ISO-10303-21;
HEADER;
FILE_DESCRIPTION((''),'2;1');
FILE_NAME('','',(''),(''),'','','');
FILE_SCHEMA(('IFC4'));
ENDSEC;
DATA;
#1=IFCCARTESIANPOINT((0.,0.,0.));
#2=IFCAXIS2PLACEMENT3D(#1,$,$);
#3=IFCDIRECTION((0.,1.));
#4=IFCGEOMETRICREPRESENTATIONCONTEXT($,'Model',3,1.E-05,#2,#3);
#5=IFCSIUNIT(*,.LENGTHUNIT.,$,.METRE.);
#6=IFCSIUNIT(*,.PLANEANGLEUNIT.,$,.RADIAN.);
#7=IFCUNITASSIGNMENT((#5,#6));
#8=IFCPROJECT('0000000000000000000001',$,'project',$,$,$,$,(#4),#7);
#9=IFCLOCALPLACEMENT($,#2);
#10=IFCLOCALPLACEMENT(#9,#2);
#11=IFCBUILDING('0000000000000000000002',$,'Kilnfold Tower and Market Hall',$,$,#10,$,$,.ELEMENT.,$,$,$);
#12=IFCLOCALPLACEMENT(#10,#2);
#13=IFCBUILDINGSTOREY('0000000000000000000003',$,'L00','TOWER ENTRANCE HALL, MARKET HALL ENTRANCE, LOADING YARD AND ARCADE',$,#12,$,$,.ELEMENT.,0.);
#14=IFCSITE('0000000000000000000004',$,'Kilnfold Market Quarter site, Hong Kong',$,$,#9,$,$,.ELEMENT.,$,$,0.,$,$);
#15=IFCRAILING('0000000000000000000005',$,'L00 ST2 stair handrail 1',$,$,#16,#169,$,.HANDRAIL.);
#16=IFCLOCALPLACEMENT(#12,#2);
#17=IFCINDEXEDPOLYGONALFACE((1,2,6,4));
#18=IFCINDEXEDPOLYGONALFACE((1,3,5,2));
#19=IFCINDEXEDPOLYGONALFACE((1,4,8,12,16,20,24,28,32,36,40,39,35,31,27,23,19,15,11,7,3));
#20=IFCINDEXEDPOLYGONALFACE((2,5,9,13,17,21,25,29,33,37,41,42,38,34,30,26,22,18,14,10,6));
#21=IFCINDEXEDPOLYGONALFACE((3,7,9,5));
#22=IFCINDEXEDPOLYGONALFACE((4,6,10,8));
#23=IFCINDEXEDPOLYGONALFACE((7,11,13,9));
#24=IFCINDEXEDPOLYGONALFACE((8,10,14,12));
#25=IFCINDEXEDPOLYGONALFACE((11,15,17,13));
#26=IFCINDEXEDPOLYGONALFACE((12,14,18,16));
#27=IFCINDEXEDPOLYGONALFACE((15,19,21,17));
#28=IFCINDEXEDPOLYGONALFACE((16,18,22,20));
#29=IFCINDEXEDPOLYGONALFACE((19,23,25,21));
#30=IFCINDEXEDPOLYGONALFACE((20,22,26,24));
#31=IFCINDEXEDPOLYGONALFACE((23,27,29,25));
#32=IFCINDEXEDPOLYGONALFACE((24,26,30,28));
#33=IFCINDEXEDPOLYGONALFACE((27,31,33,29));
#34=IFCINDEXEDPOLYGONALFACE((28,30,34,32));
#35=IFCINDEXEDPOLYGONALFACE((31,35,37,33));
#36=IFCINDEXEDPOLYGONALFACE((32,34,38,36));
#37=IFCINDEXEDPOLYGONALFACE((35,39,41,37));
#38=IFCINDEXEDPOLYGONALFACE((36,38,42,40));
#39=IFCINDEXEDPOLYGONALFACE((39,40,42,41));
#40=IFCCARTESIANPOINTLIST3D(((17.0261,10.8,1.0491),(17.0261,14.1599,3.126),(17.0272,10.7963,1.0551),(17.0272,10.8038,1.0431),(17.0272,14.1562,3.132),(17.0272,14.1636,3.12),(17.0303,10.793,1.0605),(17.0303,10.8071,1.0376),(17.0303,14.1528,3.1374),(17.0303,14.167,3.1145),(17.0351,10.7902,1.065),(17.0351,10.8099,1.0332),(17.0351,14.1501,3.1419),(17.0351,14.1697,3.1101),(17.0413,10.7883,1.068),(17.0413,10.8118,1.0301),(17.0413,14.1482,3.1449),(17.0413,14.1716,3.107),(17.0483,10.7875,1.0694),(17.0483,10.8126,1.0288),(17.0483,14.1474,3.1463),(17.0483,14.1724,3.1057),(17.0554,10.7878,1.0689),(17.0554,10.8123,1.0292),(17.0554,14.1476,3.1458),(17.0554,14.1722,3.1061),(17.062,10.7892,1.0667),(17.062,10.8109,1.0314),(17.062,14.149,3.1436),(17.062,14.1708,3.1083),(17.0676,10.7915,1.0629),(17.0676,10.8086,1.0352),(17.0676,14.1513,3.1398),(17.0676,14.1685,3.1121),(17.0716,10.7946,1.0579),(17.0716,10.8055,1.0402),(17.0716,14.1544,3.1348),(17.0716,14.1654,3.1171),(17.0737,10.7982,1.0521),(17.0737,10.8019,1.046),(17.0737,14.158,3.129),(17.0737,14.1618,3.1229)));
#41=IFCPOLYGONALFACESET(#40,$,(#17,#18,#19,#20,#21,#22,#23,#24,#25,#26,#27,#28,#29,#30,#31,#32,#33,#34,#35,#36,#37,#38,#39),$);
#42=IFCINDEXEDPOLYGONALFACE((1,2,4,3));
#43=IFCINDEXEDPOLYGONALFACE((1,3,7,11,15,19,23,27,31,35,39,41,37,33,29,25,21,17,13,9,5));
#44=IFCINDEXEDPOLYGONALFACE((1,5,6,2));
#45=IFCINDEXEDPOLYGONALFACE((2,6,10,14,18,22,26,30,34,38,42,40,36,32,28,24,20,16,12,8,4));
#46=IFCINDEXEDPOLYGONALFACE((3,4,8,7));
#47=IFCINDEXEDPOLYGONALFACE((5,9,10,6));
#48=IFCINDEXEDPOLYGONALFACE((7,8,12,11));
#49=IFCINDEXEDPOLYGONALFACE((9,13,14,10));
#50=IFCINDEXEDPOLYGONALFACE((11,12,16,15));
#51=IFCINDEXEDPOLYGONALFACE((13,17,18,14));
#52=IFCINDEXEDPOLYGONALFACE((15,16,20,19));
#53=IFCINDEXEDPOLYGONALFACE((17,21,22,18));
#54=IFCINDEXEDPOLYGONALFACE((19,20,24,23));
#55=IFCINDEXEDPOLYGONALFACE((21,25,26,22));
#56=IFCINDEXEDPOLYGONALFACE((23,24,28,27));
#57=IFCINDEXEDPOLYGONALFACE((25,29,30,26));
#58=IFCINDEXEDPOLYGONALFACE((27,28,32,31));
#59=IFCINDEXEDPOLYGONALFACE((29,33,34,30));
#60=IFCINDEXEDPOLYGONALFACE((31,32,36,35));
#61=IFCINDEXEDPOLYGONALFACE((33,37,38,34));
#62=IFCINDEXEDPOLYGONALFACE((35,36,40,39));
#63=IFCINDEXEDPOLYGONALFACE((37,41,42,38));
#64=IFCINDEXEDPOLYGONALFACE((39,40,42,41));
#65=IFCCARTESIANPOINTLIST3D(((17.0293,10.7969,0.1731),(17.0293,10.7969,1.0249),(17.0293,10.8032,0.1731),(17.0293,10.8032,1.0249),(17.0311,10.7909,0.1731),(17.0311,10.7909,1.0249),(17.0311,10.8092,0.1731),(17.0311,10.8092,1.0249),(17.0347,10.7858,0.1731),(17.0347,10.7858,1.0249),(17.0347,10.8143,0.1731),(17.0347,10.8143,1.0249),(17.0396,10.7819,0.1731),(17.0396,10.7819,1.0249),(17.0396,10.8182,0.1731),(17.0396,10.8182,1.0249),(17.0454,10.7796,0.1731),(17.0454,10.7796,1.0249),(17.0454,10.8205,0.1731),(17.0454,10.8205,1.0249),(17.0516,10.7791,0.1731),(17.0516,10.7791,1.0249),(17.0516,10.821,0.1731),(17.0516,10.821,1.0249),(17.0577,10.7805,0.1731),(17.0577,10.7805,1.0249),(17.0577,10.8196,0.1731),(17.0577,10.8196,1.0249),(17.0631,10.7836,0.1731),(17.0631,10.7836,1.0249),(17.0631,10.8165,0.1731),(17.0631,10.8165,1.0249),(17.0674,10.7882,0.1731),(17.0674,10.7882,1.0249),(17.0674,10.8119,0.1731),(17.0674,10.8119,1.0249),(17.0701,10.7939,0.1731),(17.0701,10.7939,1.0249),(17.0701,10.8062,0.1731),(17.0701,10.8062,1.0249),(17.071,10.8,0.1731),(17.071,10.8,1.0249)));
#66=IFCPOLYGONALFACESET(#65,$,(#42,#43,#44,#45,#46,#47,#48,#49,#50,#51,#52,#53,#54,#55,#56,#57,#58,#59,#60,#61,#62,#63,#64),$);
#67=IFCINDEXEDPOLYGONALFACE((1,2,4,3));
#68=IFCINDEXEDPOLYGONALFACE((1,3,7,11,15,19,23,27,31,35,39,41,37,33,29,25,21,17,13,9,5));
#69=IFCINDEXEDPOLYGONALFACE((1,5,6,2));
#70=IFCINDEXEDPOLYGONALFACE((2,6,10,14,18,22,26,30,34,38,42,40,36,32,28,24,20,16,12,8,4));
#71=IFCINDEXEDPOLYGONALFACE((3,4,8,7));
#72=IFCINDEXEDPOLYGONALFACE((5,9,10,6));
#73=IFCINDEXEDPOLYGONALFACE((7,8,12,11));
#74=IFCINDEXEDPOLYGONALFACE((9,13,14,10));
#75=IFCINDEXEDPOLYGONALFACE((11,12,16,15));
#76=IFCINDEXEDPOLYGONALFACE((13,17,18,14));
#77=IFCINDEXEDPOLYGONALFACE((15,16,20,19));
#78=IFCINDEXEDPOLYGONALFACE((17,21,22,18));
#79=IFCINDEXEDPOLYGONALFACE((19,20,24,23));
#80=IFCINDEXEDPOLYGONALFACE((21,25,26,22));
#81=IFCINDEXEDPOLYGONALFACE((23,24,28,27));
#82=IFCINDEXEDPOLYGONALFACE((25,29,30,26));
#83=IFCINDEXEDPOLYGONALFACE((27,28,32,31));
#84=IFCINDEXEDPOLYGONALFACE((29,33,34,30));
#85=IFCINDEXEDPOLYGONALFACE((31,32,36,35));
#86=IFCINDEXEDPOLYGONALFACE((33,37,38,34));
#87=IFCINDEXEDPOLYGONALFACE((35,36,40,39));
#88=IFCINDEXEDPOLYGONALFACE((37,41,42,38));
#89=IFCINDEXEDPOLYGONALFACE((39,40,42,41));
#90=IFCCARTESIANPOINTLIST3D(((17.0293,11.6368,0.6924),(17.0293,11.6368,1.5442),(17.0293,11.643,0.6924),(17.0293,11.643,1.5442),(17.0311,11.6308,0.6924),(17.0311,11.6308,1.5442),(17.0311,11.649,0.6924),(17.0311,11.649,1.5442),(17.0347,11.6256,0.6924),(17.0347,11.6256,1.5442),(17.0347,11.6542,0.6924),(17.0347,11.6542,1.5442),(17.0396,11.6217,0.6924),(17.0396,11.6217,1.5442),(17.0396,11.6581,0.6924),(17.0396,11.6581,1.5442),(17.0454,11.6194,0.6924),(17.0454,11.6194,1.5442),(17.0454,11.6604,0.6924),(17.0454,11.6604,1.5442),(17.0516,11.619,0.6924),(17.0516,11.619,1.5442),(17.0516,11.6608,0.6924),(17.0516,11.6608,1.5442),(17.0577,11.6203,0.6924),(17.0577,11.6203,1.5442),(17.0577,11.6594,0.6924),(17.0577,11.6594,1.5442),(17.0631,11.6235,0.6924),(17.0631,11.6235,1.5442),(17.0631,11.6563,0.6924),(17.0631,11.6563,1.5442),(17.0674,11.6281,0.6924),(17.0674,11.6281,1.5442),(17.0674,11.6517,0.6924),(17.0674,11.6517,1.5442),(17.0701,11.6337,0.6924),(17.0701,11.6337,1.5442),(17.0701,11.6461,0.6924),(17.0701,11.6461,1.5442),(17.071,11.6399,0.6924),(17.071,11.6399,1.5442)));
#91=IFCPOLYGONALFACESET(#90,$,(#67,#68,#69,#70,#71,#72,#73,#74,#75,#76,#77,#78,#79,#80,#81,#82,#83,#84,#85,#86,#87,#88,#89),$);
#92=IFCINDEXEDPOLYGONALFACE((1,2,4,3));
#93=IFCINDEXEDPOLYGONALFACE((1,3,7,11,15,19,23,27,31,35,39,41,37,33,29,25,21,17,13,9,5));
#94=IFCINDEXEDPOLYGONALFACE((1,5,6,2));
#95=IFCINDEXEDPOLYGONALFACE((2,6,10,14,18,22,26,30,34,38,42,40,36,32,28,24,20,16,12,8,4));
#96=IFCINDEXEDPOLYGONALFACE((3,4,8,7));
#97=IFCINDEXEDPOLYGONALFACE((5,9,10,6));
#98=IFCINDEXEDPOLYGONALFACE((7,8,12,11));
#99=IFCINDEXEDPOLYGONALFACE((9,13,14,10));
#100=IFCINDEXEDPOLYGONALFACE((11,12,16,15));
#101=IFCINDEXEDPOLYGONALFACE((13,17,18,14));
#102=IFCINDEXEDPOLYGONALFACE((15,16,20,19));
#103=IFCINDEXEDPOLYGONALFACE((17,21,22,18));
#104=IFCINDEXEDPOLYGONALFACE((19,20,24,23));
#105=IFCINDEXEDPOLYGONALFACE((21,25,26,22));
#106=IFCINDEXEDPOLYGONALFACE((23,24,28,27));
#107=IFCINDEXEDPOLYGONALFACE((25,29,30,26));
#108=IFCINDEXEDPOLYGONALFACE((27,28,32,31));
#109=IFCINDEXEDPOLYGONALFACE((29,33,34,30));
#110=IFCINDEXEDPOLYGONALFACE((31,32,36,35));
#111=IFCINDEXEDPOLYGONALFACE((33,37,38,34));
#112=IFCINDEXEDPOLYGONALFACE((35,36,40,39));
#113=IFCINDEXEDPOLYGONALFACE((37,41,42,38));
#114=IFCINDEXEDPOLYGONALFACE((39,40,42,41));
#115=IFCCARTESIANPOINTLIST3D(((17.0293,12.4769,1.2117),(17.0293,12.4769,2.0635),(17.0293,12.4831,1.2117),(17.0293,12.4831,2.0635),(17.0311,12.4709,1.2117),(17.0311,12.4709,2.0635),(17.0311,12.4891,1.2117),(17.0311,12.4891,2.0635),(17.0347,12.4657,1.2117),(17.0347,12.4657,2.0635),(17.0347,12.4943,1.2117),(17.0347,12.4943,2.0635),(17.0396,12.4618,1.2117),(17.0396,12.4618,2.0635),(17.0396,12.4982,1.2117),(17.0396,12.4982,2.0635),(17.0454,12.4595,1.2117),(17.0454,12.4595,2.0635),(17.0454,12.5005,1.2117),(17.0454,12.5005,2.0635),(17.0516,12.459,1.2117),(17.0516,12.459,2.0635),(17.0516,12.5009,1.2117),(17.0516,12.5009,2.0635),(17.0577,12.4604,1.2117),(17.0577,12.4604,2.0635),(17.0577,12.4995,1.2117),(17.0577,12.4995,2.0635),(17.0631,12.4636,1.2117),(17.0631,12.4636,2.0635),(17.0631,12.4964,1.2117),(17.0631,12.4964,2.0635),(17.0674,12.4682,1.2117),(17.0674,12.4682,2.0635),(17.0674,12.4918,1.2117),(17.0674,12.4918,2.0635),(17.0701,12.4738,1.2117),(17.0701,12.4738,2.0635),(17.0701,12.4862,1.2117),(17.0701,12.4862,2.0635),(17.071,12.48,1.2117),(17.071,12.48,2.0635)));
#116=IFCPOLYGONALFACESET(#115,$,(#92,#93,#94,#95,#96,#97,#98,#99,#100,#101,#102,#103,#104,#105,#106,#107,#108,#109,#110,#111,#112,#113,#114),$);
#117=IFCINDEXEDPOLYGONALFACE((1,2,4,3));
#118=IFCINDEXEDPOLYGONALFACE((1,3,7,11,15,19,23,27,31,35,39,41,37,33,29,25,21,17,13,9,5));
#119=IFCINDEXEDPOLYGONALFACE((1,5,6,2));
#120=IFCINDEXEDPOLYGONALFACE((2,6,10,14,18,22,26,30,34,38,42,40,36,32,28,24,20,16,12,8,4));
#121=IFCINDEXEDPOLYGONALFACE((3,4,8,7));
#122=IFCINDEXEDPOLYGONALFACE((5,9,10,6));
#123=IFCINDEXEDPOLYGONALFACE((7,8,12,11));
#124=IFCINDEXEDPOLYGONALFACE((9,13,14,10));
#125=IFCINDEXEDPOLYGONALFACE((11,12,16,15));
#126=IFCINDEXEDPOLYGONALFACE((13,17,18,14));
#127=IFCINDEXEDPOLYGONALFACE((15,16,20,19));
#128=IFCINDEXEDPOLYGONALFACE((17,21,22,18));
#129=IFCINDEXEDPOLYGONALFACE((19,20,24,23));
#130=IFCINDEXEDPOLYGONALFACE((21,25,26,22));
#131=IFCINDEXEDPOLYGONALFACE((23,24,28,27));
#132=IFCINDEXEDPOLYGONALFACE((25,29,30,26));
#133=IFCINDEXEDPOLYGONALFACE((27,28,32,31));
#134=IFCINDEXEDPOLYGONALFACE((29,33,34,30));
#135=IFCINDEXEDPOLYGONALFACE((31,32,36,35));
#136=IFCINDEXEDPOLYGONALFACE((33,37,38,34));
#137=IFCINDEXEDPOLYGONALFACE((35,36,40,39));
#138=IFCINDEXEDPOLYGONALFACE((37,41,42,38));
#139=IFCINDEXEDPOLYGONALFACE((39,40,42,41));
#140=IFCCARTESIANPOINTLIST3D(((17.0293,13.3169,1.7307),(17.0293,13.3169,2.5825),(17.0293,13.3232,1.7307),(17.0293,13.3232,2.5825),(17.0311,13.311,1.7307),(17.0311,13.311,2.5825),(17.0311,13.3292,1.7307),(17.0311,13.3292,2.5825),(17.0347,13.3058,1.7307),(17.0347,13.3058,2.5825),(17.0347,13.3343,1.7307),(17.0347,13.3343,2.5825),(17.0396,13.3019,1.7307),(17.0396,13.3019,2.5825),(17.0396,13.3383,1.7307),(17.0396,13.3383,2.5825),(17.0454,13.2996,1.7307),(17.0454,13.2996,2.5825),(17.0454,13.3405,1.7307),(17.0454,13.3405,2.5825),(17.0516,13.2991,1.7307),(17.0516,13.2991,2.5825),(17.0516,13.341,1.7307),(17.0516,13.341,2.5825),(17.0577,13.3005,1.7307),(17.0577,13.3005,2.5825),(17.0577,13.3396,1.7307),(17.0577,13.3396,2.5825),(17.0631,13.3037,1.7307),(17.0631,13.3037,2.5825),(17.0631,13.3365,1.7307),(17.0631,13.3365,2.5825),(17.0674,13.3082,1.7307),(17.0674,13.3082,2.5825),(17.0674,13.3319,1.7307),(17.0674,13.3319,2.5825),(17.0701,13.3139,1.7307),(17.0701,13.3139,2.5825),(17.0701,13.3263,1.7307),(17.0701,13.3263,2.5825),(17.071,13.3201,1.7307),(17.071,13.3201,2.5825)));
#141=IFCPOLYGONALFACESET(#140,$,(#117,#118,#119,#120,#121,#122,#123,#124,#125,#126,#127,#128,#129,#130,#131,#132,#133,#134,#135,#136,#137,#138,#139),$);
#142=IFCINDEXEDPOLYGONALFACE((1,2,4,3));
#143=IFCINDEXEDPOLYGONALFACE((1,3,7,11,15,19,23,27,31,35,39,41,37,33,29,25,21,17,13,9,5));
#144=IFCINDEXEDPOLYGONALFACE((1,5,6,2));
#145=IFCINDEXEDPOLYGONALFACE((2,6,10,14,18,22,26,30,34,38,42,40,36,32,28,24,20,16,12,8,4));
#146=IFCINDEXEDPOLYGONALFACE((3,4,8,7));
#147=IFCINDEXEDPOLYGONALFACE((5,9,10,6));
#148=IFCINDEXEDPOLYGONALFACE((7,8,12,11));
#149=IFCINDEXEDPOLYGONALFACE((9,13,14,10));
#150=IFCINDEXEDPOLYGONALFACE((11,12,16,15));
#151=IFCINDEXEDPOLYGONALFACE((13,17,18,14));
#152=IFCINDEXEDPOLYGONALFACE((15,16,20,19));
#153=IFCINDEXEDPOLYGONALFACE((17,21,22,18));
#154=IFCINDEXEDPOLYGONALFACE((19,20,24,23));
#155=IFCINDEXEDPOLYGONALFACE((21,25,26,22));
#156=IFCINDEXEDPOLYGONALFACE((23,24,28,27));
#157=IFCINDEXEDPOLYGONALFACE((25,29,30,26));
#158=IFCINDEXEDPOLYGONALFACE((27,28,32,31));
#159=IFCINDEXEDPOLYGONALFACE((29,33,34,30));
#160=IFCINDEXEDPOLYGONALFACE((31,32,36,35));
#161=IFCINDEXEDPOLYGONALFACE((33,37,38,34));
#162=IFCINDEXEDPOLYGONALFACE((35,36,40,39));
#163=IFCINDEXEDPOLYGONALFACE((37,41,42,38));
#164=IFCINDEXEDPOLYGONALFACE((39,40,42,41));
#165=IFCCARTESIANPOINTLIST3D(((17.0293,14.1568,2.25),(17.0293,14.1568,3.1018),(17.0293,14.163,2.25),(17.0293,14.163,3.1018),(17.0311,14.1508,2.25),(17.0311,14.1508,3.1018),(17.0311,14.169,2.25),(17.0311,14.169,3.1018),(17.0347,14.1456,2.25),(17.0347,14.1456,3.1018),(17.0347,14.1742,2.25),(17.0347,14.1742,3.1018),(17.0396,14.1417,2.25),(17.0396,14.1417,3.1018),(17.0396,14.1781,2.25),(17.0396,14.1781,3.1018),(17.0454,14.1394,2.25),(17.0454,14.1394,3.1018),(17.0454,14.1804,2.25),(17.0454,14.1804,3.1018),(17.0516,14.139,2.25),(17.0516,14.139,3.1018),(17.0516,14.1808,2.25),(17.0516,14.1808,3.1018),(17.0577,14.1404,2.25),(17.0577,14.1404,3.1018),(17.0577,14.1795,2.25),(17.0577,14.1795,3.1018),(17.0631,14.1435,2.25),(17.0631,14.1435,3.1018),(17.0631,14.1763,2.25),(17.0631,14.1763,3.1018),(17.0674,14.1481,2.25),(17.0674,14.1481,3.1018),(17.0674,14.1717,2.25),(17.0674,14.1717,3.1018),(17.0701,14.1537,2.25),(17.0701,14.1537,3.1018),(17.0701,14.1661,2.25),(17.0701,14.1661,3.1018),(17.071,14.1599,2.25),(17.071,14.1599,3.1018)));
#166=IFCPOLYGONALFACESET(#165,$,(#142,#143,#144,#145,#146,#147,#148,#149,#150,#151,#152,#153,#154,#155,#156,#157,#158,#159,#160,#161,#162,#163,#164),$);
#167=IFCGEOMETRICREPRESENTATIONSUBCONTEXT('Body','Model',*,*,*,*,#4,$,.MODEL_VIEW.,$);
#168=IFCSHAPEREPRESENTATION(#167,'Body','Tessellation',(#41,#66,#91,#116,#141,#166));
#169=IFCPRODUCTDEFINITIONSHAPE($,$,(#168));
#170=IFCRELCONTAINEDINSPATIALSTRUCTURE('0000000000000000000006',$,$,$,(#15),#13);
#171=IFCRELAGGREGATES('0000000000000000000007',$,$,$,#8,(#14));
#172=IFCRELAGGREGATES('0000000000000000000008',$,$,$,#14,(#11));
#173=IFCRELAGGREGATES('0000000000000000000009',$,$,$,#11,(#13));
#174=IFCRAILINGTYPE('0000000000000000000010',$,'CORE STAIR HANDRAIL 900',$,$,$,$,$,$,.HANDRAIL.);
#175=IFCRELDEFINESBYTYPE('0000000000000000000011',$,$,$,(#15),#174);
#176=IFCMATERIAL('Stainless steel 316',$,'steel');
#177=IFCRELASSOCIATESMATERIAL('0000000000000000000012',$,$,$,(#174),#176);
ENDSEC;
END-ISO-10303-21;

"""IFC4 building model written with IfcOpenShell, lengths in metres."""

from ifc_helpers import new_model, si_unit, direction, frame, origin, origin_2d, place, context, subcontext, project, spatial, circle, extrude, material, type_object, element, save


model = new_model("IFC4")

# Units and contexts
model_context = context("Model", 3, precision=1e-05, world=origin(), true_north=direction((0.0, 1.0)))
body_context = subcontext(model_context, "Body", "Model", "MODEL_VIEW")
ifc_project = project(units=[si_unit("LENGTHUNIT", "METRE"), si_unit("PLANEANGLEUNIT", "RADIAN")], contexts=[model_context])

# Site, building, storey
site_placement = place(None, origin())
site = spatial("IfcSite", under=ifc_project, at=site_placement, Name="Kilnfold Market Quarter site, Hong Kong", CompositionType="ELEMENT", RefElevation=0.0)
building_placement = place(site_placement, origin())
building = spatial("IfcBuilding", under=site, at=building_placement, Name="Kilnfold Tower and Market Hall", CompositionType="ELEMENT")
storey_placement = place(building_placement, origin())
storey = spatial("IfcBuildingStorey", under=building, at=storey_placement, Name="L00", Description="TOWER ENTRANCE HALL, MARKET HALL ENTRANCE, LOADING YARD AND ARCADE", CompositionType="ELEMENT", Elevation=0.0)

# Railing
ifc_material_1 = material(Name="Stainless steel 316", Category="steel")
railing_type_1 = type_object("IfcRailingType", Name="CORE STAIR HANDRAIL 900", PredefinedType="HANDRAIL", material=ifc_material_1)
railing_1_placement = place(storey_placement, frame((17.05, 10.8, 0.1731)))
element("IfcRailing", 1, at=railing_1_placement, inside=storey, type_object=railing_type_1, Name="L00 ST2 stair handrail 1", PredefinedType="HANDRAIL", context=body_context, shape_type="SweptSolid", body=[
    extrude(circle(Radius=0.0239, at=origin_2d()), frame((0.0, 0.0, 0.876), z_axis=(0.0, 0.850606, 0.525803), x_axis=(-1.0, 0.0, 0.0)), (0.0, 0.0, 1.0), 3.95),
    extrude(circle(Radius=0.021, at=origin_2d()), origin(), (0.0, 0.0, 1.0), 0.8518),
    extrude(circle(Radius=0.021, at=origin_2d()), frame((0.0, 0.8398, 0.5193)), (0.0, 0.0, 1.0), 0.8518),
    extrude(circle(Radius=0.021, at=origin_2d()), frame((0.0, 1.6799, 1.0386)), (0.0, 0.0, 1.0), 0.8518),
    extrude(circle(Radius=0.021, at=origin_2d()), frame((0.0, 2.52, 1.5576)), (0.0, 0.0, 1.0), 0.8518),
    extrude(circle(Radius=0.021, at=origin_2d()), frame((0.0, 3.3599, 2.0769)), (0.0, 0.0, 1.0), 0.8518),
])

save(model, "model.ifc")
